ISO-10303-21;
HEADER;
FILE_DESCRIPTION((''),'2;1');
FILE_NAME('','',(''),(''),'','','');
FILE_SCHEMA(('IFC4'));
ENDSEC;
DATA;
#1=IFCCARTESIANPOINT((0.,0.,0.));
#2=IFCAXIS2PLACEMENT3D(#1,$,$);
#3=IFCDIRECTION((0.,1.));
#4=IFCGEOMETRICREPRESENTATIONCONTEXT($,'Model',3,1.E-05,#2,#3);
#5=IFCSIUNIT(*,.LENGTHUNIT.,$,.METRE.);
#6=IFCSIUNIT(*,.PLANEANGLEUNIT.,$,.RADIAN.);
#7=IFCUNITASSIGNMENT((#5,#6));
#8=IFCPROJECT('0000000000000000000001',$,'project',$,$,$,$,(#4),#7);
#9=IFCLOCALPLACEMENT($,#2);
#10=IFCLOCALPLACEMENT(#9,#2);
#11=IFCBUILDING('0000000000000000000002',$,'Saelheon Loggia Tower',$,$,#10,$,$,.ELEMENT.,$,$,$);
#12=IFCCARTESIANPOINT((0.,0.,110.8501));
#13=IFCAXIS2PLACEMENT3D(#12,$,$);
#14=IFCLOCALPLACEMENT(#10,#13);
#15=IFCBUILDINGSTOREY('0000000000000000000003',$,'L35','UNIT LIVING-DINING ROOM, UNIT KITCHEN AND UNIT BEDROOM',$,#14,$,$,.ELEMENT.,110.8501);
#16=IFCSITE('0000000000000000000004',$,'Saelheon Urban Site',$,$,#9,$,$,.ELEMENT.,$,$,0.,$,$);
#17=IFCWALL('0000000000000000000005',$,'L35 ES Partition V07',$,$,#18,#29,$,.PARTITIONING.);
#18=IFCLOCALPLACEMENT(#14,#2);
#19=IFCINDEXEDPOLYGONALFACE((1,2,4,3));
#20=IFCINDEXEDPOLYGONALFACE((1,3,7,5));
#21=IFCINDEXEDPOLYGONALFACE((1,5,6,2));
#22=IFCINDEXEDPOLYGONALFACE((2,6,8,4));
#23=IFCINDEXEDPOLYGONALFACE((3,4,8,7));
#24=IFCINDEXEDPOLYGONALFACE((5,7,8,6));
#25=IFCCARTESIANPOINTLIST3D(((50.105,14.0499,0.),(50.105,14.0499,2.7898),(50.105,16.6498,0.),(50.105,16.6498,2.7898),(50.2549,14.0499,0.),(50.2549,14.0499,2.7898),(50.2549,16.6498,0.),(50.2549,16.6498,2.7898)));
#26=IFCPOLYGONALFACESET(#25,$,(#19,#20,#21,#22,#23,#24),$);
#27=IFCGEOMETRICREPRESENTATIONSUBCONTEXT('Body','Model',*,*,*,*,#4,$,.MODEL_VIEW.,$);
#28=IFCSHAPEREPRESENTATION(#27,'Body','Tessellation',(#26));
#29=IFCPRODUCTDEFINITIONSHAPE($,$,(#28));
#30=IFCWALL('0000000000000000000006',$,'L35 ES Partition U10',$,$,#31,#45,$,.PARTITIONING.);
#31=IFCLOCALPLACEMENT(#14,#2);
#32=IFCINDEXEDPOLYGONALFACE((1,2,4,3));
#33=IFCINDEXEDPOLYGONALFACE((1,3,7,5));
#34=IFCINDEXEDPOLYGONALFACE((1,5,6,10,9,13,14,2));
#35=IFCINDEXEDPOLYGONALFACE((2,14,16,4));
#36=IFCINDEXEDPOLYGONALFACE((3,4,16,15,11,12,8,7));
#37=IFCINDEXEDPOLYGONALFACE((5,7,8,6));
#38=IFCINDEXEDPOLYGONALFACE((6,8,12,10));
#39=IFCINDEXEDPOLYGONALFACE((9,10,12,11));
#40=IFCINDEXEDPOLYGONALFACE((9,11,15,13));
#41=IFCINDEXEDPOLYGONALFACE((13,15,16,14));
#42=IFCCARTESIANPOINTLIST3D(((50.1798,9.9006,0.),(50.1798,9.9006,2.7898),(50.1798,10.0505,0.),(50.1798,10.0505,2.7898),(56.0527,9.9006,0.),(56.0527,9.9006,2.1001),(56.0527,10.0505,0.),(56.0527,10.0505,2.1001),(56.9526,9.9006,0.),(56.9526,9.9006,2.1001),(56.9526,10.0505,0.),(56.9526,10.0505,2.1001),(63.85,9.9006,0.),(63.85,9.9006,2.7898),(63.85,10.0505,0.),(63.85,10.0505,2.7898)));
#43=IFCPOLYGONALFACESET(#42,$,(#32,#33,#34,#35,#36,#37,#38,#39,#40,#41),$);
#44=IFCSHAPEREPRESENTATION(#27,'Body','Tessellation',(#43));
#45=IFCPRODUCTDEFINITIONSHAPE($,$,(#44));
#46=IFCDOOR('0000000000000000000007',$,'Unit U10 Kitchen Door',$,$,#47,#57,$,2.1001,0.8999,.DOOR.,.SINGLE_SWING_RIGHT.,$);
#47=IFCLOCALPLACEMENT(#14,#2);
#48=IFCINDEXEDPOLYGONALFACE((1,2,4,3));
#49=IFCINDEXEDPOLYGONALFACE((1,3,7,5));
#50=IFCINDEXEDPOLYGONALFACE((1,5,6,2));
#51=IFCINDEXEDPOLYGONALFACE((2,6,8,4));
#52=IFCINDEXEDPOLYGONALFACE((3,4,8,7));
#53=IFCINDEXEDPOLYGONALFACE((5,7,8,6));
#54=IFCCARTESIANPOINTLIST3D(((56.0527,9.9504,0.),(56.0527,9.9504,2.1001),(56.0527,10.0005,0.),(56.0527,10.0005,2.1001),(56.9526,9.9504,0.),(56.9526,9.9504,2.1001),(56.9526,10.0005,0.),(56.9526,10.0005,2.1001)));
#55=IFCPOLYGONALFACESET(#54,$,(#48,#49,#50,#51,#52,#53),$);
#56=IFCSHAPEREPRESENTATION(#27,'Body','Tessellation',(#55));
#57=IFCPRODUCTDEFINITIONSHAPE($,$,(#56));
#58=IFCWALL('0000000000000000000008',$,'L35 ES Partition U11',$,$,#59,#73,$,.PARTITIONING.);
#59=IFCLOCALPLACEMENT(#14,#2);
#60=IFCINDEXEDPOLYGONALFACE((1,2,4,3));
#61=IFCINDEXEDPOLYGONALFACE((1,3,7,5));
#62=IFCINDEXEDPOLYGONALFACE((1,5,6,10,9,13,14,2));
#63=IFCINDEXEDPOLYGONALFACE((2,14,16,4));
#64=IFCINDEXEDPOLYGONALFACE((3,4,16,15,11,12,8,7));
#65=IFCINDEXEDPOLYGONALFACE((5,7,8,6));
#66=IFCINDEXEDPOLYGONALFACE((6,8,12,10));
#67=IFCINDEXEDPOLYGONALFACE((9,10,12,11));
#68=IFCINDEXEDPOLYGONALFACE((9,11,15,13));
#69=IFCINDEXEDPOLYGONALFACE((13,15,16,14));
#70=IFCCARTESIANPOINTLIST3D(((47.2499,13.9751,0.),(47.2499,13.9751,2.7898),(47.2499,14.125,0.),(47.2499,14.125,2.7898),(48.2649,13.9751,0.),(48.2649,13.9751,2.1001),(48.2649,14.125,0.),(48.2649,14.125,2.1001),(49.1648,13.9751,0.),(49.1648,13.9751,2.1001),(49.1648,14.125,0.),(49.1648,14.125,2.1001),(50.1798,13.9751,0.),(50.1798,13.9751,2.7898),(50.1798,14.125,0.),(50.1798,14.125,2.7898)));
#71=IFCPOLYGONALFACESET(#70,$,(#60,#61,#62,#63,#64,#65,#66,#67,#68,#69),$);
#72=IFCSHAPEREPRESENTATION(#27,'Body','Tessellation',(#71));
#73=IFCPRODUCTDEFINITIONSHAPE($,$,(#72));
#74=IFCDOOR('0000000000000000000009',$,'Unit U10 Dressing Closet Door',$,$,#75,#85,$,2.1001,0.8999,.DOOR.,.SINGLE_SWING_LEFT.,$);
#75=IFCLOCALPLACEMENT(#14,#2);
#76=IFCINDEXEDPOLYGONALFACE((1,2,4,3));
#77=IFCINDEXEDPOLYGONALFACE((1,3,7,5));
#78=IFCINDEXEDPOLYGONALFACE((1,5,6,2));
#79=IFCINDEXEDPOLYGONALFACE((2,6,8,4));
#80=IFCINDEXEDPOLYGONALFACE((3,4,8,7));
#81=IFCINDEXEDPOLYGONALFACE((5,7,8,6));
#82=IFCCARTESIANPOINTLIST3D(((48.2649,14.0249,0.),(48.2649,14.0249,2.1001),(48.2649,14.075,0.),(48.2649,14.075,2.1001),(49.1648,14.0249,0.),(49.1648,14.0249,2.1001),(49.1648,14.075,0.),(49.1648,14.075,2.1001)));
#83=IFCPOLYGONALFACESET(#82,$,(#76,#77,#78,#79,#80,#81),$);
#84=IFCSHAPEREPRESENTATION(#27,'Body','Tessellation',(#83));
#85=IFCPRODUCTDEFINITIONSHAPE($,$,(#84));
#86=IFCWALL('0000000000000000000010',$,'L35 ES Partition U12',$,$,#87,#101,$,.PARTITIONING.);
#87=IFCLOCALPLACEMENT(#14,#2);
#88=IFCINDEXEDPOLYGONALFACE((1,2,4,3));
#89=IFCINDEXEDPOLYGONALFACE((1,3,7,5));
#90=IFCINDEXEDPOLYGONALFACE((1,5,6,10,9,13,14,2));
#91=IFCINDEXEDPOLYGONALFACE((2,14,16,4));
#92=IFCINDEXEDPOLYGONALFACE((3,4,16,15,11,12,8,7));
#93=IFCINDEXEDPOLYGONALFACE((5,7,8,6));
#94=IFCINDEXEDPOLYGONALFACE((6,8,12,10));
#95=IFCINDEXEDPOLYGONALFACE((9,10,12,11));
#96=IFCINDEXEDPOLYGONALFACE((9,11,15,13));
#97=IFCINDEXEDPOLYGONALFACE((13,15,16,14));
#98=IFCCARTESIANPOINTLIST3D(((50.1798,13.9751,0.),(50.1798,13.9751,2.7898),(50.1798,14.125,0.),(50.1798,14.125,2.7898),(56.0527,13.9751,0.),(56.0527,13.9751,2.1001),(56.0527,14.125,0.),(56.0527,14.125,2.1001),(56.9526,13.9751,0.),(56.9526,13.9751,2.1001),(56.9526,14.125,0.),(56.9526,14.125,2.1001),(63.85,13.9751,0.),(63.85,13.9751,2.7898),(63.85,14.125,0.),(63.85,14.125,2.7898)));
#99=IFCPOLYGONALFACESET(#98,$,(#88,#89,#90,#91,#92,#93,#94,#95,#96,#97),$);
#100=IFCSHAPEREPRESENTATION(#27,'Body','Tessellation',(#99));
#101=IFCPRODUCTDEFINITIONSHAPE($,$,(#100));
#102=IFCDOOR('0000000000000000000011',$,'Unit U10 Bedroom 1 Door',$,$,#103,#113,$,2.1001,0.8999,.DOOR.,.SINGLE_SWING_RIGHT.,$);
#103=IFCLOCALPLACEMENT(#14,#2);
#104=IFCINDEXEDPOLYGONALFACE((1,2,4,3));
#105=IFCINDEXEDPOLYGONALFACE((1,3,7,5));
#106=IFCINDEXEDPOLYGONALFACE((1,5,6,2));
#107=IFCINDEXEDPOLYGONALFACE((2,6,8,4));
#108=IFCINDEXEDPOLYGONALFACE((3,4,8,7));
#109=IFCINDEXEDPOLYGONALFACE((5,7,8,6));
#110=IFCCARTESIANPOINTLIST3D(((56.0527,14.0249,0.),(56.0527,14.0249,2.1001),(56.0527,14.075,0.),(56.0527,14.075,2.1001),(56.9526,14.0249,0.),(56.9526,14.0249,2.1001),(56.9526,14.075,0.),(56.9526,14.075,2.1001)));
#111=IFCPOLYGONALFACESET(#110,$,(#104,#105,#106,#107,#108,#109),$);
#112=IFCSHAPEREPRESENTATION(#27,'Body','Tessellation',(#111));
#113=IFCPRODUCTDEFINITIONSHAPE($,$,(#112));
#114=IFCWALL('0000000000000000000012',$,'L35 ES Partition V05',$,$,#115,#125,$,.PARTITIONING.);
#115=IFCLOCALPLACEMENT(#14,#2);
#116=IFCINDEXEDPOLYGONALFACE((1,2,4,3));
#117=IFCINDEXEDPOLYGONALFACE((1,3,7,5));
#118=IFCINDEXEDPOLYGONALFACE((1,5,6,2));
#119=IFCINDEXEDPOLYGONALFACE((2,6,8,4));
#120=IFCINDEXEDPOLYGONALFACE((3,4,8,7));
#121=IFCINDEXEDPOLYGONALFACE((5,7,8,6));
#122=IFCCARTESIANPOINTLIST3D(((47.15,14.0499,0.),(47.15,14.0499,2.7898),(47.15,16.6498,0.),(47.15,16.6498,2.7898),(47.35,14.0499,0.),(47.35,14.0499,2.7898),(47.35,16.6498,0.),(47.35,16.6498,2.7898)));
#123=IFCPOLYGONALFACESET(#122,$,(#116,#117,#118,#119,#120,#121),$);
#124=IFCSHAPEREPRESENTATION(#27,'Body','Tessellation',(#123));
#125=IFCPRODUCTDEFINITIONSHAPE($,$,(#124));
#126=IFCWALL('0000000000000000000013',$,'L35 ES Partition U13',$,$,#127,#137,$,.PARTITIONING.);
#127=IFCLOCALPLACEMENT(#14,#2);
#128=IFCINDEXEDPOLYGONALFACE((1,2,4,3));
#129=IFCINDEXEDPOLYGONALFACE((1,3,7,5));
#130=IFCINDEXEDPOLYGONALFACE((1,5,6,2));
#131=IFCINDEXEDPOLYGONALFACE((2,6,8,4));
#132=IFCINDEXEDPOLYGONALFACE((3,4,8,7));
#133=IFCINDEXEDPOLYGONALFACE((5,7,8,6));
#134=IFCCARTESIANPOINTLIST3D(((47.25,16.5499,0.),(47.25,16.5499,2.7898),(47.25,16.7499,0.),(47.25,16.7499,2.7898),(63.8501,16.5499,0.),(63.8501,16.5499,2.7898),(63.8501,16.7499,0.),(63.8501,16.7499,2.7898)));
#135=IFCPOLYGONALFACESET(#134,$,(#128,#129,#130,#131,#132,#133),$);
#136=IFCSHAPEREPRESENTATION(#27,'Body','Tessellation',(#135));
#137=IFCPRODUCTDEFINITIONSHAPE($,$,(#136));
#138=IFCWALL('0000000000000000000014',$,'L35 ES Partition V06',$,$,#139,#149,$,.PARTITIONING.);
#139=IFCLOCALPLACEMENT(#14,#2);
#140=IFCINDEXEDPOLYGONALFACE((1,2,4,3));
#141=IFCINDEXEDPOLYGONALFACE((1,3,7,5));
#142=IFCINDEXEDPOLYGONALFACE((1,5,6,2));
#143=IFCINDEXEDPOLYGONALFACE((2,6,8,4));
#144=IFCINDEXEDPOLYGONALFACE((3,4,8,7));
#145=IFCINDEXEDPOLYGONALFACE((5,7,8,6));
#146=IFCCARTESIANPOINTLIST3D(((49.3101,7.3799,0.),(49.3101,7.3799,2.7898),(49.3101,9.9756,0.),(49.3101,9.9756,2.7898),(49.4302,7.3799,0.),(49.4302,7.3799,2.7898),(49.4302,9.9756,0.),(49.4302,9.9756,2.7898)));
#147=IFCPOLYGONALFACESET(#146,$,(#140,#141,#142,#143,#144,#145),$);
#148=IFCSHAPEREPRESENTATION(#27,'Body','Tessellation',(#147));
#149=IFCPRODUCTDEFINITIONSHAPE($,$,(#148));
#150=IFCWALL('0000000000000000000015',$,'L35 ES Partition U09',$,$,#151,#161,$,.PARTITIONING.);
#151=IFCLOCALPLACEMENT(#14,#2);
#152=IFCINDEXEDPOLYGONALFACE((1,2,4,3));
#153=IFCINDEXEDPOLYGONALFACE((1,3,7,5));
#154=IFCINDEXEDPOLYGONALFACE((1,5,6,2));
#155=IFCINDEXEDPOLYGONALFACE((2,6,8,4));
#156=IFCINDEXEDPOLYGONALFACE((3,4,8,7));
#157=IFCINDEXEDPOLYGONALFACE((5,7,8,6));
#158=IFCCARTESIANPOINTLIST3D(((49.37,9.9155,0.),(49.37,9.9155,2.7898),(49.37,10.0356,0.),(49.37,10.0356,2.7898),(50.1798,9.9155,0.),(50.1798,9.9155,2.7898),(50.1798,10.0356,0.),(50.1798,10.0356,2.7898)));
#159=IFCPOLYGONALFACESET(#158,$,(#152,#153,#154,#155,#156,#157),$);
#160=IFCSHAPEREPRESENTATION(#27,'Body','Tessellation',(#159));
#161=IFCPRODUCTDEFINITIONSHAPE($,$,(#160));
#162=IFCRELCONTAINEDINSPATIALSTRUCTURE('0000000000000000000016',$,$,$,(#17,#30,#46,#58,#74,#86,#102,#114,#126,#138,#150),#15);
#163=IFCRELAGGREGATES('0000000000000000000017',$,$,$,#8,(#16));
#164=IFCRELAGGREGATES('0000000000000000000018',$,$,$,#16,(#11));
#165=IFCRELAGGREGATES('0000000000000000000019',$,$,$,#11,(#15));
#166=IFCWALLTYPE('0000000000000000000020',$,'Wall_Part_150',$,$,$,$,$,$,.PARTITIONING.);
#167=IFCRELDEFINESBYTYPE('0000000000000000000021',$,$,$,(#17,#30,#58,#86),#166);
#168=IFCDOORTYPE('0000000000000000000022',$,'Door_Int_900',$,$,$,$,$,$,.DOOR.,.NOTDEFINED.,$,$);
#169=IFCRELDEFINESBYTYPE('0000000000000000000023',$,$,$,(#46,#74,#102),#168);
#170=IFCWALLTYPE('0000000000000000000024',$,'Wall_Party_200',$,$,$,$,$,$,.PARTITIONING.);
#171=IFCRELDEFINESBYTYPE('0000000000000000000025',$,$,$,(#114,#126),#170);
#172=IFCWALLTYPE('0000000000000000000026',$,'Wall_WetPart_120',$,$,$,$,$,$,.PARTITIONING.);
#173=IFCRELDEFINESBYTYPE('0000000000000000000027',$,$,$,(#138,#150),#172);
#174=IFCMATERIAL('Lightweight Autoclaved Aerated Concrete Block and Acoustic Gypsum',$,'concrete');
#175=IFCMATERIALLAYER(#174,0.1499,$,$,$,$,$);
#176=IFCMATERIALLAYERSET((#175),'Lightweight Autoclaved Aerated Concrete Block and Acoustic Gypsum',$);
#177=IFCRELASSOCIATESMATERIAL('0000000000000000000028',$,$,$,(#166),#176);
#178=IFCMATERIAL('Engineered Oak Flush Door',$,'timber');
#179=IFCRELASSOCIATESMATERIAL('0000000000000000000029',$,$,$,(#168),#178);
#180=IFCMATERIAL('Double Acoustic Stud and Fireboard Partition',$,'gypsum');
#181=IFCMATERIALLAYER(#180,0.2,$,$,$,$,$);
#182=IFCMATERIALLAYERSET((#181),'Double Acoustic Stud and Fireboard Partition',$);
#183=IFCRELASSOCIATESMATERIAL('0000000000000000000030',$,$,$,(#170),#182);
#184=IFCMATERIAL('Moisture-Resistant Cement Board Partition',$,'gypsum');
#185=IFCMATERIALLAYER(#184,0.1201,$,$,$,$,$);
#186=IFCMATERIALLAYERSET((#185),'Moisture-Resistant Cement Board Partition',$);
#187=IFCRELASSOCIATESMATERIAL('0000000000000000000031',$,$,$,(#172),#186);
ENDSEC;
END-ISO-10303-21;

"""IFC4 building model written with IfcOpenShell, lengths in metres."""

from ifc_helpers import new_model, si_unit, direction, frame, frame_2d, origin, place, context, subcontext, project, spatial, rectangle, extrude, source, transform, mapped, material, layer, layer_set, type_object, element, fill, save


model = new_model("IFC4")

# Units and contexts
model_context = context("Model", 3, precision=1e-05, world=origin(), true_north=direction((0.0, 1.0)))
body_context = subcontext(model_context, "Body", "Model", "MODEL_VIEW")
ifc_project = project(units=[si_unit("LENGTHUNIT", "METRE"), si_unit("PLANEANGLEUNIT", "RADIAN")], contexts=[model_context])

# Site, building, storey
site_placement = place(None, origin())
site = spatial("IfcSite", under=ifc_project, at=site_placement, Name="Saelheon Urban Site", CompositionType="ELEMENT", RefElevation=0.0)
building_placement = place(site_placement, origin())
building = spatial("IfcBuilding", under=site, at=building_placement, Name="Saelheon Loggia Tower", CompositionType="ELEMENT")
storey_placement = place(building_placement, frame((0.0, 0.0, 110.8501)))
storey = spatial("IfcBuildingStorey", under=building, at=storey_placement, Name="L35", Description="UNIT LIVING-DINING ROOM, UNIT KITCHEN AND UNIT BEDROOM", CompositionType="ELEMENT", Elevation=110.8501)

# Wall
ifc_material_1 = material(Name="Lightweight Autoclaved Aerated Concrete Block and Acoustic Gypsum", Category="concrete")
ifc_layer_1 = layer(ifc_material_1, 0.1499)
ifc_layer_set_1 = layer_set([ifc_layer_1], Name="Lightweight Autoclaved Aerated Concrete Block and Acoustic Gypsum")
wall_type_1 = type_object("IfcWallType", Name="Wall_Part_150", PredefinedType="PARTITIONING", material=ifc_layer_set_1)
wall_1_placement = place(storey_placement, frame((50.1799, 14.05, 0.0), z_axis=(0.0, 0.0, 1.0), x_axis=(0.0, 1.0, 0.0)))
element("IfcWall", 1, at=wall_1_placement, inside=storey, type_object=wall_type_1, Name="L35 ES Partition V07", PredefinedType="PARTITIONING", context=body_context, shape_type="SweptSolid", body=[
    extrude(rectangle(XDim=2.5999, YDim=0.1499, at=frame_2d((1.2998, 0.0))), origin(), (0.0, 0.0, 1.0), 2.7898),
])

# Walls, openings, doors
wall_2_placement = place(storey_placement, frame((50.1799, 9.9756, 0.0), z_axis=(0.0, 0.0, 1.0), x_axis=(1.0, 0.0, 0.0)))
wall_2 = element("IfcWall", 2, at=wall_2_placement, inside=storey, type_object=wall_type_1, Name="L35 ES Partition U10", PredefinedType="PARTITIONING", context=body_context, shape_type="SweptSolid", body=[
    extrude(rectangle(XDim=13.6702, YDim=0.1499, at=frame_2d((6.835, 0.0))), origin(), (0.0, 0.0, 1.0), 2.7898),
])
opening_1_placement = place(wall_2_placement, frame((5.8728, 0.0, 0.0)))
opening_1 = element("IfcOpeningElement", 3, at=opening_1_placement, cuts=wall_2, PredefinedType="OPENING", context=body_context, shape_type="SweptSolid", body=[
    extrude(rectangle(XDim=0.8999, YDim=2.1001, at=frame_2d((0.45, 1.05))), frame((0.0, 0.0869, 0.0), z_axis=(0.0, -1.0, 0.0), x_axis=(1.0, 0.0, 0.0)), (0.0, 0.0, 1.0), 0.1738),
])
ifc_material_2 = material(Name="Engineered Oak Flush Door", Category="timber")
door_type = type_object("IfcDoorType", Name="Door_Int_900", OperationType="NOTDEFINED", PredefinedType="DOOR", material=ifc_material_2)
shared_shape = source(origin(), body_context, "Body", "SweptSolid", [
    extrude(rectangle(XDim=0.8999, YDim=2.1001, at=frame_2d((0.45, 1.05))), frame((0.0, 0.0249, 0.0), z_axis=(0.0, -1.0, 0.0), x_axis=(1.0, 0.0, 0.0)), (0.0, 0.0, 1.0), 0.05),
])
door_1_placement = place(opening_1_placement, origin())
door_1 = element("IfcDoor", 4, at=door_1_placement, inside=storey, type_object=door_type, Name="Unit U10 Kitchen Door", OperationType="SINGLE_SWING_RIGHT", OverallHeight=2.1001, OverallWidth=0.8999, PredefinedType="DOOR", context=body_context, shape_type="MappedRepresentation", body=[
    mapped(shared_shape, transform((0.0, 0.0, 0.0), scale=1.0)),
])
fill(opening_1, door_1)
wall_3_placement = place(storey_placement, frame((47.25, 14.05, 0.0), z_axis=(0.0, 0.0, 1.0), x_axis=(1.0, 0.0, 0.0)))
wall_3 = element("IfcWall", 5, at=wall_3_placement, inside=storey, type_object=wall_type_1, Name="L35 ES Partition U11", PredefinedType="PARTITIONING", context=body_context, shape_type="SweptSolid", body=[
    extrude(rectangle(XDim=2.9299, YDim=0.1499, at=frame_2d((1.4648, 0.0))), origin(), (0.0, 0.0, 1.0), 2.7898),
])
opening_2_placement = place(wall_3_placement, frame((1.0149, 0.0, 0.0)))
opening_2 = element("IfcOpeningElement", 6, at=opening_2_placement, cuts=wall_3, PredefinedType="OPENING", context=body_context, shape_type="SweptSolid", body=[
    extrude(rectangle(XDim=0.8999, YDim=2.1001, at=frame_2d((0.45, 1.05))), frame((0.0, 0.0869, 0.0), z_axis=(0.0, -1.0, 0.0), x_axis=(1.0, 0.0, 0.0)), (0.0, 0.0, 1.0), 0.1738),
])
door_2_placement = place(opening_2_placement, origin())
door_2 = element("IfcDoor", 7, at=door_2_placement, inside=storey, type_object=door_type, Name="Unit U10 Dressing Closet Door", OperationType="SINGLE_SWING_LEFT", OverallHeight=2.1001, OverallWidth=0.8999, PredefinedType="DOOR", context=body_context, shape_type="MappedRepresentation", body=[
    mapped(shared_shape, transform((0.0, 0.0, 0.0), scale=1.0)),
])
fill(opening_2, door_2)
wall_4_placement = place(storey_placement, frame((50.1799, 14.05, 0.0), z_axis=(0.0, 0.0, 1.0), x_axis=(1.0, 0.0, 0.0)))
wall_4 = element("IfcWall", 8, at=wall_4_placement, inside=storey, type_object=wall_type_1, Name="L35 ES Partition U12", PredefinedType="PARTITIONING", context=body_context, shape_type="SweptSolid", body=[
    extrude(rectangle(XDim=13.6702, YDim=0.1499, at=frame_2d((6.835, 0.0))), origin(), (0.0, 0.0, 1.0), 2.7898),
])
opening_3_placement = place(wall_4_placement, frame((5.8728, 0.0, 0.0)))
opening_3 = element("IfcOpeningElement", 9, at=opening_3_placement, cuts=wall_4, PredefinedType="OPENING", context=body_context, shape_type="SweptSolid", body=[
    extrude(rectangle(XDim=0.8999, YDim=2.1001, at=frame_2d((0.45, 1.05))), frame((0.0, 0.0869, 0.0), z_axis=(0.0, -1.0, 0.0), x_axis=(1.0, 0.0, 0.0)), (0.0, 0.0, 1.0), 0.1738),
])
door_3_placement = place(opening_3_placement, origin())
door_3 = element("IfcDoor", 10, at=door_3_placement, inside=storey, type_object=door_type, Name="Unit U10 Bedroom 1 Door", OperationType="SINGLE_SWING_RIGHT", OverallHeight=2.1001, OverallWidth=0.8999, PredefinedType="DOOR", context=body_context, shape_type="MappedRepresentation", body=[
    mapped(shared_shape, transform((0.0, 0.0, 0.0), scale=1.0)),
])
fill(opening_3, door_3)

# Walls
ifc_material_3 = material(Name="Double Acoustic Stud and Fireboard Partition", Category="gypsum")
ifc_layer_2 = layer(ifc_material_3, 0.2)
ifc_layer_set_2 = layer_set([ifc_layer_2], Name="Double Acoustic Stud and Fireboard Partition")
wall_type_2 = type_object("IfcWallType", Name="Wall_Party_200", PredefinedType="PARTITIONING", material=ifc_layer_set_2)
wall_5_placement = place(storey_placement, frame((47.25, 14.05, 0.0), z_axis=(0.0, 0.0, 1.0), x_axis=(0.0, 1.0, 0.0)))
element("IfcWall", 11, at=wall_5_placement, inside=storey, type_object=wall_type_2, Name="L35 ES Partition V05", PredefinedType="PARTITIONING", context=body_context, shape_type="SweptSolid", body=[
    extrude(rectangle(XDim=2.5999, YDim=0.2, at=frame_2d((1.2998, 0.0))), origin(), (0.0, 0.0, 1.0), 2.7898),
])
wall_6_placement = place(storey_placement, frame((47.25, 16.6499, 0.0), z_axis=(0.0, 0.0, 1.0), x_axis=(1.0, 0.0, 0.0)))
element("IfcWall", 12, at=wall_6_placement, inside=storey, type_object=wall_type_2, Name="L35 ES Partition U13", PredefinedType="PARTITIONING", context=body_context, shape_type="SweptSolid", body=[
    extrude(rectangle(XDim=16.6001, YDim=0.2, at=frame_2d((8.3, 0.0))), origin(), (0.0, 0.0, 1.0), 2.7898),
])
ifc_material_4 = material(Name="Moisture-Resistant Cement Board Partition", Category="gypsum")
ifc_layer_3 = layer(ifc_material_4, 0.1201)
ifc_layer_set_3 = layer_set([ifc_layer_3], Name="Moisture-Resistant Cement Board Partition")
wall_type_3 = type_object("IfcWallType", Name="Wall_WetPart_120", PredefinedType="PARTITIONING", material=ifc_layer_set_3)
wall_7_placement = place(storey_placement, frame((49.3701, 7.3799, 0.0), z_axis=(0.0, 0.0, 1.0), x_axis=(0.0, 1.0, 0.0)))
element("IfcWall", 13, at=wall_7_placement, inside=storey, type_object=wall_type_3, Name="L35 ES Partition V06", PredefinedType="PARTITIONING", context=body_context, shape_type="SweptSolid", body=[
    extrude(rectangle(XDim=2.5957, YDim=0.1201, at=frame_2d((1.2979, 0.0))), origin(), (0.0, 0.0, 1.0), 2.7898),
])
wall_8_placement = place(storey_placement, frame((49.3701, 9.9756, 0.0), z_axis=(0.0, 0.0, 1.0), x_axis=(1.0, 0.0, 0.0)))
element("IfcWall", 14, at=wall_8_placement, inside=storey, type_object=wall_type_3, Name="L35 ES Partition U09", PredefinedType="PARTITIONING", context=body_context, shape_type="SweptSolid", body=[
    extrude(rectangle(XDim=0.8098, YDim=0.1201, at=frame_2d((0.4048, 0.0))), origin(), (0.0, 0.0, 1.0), 2.7898),
])

save(model, "model.ifc")
